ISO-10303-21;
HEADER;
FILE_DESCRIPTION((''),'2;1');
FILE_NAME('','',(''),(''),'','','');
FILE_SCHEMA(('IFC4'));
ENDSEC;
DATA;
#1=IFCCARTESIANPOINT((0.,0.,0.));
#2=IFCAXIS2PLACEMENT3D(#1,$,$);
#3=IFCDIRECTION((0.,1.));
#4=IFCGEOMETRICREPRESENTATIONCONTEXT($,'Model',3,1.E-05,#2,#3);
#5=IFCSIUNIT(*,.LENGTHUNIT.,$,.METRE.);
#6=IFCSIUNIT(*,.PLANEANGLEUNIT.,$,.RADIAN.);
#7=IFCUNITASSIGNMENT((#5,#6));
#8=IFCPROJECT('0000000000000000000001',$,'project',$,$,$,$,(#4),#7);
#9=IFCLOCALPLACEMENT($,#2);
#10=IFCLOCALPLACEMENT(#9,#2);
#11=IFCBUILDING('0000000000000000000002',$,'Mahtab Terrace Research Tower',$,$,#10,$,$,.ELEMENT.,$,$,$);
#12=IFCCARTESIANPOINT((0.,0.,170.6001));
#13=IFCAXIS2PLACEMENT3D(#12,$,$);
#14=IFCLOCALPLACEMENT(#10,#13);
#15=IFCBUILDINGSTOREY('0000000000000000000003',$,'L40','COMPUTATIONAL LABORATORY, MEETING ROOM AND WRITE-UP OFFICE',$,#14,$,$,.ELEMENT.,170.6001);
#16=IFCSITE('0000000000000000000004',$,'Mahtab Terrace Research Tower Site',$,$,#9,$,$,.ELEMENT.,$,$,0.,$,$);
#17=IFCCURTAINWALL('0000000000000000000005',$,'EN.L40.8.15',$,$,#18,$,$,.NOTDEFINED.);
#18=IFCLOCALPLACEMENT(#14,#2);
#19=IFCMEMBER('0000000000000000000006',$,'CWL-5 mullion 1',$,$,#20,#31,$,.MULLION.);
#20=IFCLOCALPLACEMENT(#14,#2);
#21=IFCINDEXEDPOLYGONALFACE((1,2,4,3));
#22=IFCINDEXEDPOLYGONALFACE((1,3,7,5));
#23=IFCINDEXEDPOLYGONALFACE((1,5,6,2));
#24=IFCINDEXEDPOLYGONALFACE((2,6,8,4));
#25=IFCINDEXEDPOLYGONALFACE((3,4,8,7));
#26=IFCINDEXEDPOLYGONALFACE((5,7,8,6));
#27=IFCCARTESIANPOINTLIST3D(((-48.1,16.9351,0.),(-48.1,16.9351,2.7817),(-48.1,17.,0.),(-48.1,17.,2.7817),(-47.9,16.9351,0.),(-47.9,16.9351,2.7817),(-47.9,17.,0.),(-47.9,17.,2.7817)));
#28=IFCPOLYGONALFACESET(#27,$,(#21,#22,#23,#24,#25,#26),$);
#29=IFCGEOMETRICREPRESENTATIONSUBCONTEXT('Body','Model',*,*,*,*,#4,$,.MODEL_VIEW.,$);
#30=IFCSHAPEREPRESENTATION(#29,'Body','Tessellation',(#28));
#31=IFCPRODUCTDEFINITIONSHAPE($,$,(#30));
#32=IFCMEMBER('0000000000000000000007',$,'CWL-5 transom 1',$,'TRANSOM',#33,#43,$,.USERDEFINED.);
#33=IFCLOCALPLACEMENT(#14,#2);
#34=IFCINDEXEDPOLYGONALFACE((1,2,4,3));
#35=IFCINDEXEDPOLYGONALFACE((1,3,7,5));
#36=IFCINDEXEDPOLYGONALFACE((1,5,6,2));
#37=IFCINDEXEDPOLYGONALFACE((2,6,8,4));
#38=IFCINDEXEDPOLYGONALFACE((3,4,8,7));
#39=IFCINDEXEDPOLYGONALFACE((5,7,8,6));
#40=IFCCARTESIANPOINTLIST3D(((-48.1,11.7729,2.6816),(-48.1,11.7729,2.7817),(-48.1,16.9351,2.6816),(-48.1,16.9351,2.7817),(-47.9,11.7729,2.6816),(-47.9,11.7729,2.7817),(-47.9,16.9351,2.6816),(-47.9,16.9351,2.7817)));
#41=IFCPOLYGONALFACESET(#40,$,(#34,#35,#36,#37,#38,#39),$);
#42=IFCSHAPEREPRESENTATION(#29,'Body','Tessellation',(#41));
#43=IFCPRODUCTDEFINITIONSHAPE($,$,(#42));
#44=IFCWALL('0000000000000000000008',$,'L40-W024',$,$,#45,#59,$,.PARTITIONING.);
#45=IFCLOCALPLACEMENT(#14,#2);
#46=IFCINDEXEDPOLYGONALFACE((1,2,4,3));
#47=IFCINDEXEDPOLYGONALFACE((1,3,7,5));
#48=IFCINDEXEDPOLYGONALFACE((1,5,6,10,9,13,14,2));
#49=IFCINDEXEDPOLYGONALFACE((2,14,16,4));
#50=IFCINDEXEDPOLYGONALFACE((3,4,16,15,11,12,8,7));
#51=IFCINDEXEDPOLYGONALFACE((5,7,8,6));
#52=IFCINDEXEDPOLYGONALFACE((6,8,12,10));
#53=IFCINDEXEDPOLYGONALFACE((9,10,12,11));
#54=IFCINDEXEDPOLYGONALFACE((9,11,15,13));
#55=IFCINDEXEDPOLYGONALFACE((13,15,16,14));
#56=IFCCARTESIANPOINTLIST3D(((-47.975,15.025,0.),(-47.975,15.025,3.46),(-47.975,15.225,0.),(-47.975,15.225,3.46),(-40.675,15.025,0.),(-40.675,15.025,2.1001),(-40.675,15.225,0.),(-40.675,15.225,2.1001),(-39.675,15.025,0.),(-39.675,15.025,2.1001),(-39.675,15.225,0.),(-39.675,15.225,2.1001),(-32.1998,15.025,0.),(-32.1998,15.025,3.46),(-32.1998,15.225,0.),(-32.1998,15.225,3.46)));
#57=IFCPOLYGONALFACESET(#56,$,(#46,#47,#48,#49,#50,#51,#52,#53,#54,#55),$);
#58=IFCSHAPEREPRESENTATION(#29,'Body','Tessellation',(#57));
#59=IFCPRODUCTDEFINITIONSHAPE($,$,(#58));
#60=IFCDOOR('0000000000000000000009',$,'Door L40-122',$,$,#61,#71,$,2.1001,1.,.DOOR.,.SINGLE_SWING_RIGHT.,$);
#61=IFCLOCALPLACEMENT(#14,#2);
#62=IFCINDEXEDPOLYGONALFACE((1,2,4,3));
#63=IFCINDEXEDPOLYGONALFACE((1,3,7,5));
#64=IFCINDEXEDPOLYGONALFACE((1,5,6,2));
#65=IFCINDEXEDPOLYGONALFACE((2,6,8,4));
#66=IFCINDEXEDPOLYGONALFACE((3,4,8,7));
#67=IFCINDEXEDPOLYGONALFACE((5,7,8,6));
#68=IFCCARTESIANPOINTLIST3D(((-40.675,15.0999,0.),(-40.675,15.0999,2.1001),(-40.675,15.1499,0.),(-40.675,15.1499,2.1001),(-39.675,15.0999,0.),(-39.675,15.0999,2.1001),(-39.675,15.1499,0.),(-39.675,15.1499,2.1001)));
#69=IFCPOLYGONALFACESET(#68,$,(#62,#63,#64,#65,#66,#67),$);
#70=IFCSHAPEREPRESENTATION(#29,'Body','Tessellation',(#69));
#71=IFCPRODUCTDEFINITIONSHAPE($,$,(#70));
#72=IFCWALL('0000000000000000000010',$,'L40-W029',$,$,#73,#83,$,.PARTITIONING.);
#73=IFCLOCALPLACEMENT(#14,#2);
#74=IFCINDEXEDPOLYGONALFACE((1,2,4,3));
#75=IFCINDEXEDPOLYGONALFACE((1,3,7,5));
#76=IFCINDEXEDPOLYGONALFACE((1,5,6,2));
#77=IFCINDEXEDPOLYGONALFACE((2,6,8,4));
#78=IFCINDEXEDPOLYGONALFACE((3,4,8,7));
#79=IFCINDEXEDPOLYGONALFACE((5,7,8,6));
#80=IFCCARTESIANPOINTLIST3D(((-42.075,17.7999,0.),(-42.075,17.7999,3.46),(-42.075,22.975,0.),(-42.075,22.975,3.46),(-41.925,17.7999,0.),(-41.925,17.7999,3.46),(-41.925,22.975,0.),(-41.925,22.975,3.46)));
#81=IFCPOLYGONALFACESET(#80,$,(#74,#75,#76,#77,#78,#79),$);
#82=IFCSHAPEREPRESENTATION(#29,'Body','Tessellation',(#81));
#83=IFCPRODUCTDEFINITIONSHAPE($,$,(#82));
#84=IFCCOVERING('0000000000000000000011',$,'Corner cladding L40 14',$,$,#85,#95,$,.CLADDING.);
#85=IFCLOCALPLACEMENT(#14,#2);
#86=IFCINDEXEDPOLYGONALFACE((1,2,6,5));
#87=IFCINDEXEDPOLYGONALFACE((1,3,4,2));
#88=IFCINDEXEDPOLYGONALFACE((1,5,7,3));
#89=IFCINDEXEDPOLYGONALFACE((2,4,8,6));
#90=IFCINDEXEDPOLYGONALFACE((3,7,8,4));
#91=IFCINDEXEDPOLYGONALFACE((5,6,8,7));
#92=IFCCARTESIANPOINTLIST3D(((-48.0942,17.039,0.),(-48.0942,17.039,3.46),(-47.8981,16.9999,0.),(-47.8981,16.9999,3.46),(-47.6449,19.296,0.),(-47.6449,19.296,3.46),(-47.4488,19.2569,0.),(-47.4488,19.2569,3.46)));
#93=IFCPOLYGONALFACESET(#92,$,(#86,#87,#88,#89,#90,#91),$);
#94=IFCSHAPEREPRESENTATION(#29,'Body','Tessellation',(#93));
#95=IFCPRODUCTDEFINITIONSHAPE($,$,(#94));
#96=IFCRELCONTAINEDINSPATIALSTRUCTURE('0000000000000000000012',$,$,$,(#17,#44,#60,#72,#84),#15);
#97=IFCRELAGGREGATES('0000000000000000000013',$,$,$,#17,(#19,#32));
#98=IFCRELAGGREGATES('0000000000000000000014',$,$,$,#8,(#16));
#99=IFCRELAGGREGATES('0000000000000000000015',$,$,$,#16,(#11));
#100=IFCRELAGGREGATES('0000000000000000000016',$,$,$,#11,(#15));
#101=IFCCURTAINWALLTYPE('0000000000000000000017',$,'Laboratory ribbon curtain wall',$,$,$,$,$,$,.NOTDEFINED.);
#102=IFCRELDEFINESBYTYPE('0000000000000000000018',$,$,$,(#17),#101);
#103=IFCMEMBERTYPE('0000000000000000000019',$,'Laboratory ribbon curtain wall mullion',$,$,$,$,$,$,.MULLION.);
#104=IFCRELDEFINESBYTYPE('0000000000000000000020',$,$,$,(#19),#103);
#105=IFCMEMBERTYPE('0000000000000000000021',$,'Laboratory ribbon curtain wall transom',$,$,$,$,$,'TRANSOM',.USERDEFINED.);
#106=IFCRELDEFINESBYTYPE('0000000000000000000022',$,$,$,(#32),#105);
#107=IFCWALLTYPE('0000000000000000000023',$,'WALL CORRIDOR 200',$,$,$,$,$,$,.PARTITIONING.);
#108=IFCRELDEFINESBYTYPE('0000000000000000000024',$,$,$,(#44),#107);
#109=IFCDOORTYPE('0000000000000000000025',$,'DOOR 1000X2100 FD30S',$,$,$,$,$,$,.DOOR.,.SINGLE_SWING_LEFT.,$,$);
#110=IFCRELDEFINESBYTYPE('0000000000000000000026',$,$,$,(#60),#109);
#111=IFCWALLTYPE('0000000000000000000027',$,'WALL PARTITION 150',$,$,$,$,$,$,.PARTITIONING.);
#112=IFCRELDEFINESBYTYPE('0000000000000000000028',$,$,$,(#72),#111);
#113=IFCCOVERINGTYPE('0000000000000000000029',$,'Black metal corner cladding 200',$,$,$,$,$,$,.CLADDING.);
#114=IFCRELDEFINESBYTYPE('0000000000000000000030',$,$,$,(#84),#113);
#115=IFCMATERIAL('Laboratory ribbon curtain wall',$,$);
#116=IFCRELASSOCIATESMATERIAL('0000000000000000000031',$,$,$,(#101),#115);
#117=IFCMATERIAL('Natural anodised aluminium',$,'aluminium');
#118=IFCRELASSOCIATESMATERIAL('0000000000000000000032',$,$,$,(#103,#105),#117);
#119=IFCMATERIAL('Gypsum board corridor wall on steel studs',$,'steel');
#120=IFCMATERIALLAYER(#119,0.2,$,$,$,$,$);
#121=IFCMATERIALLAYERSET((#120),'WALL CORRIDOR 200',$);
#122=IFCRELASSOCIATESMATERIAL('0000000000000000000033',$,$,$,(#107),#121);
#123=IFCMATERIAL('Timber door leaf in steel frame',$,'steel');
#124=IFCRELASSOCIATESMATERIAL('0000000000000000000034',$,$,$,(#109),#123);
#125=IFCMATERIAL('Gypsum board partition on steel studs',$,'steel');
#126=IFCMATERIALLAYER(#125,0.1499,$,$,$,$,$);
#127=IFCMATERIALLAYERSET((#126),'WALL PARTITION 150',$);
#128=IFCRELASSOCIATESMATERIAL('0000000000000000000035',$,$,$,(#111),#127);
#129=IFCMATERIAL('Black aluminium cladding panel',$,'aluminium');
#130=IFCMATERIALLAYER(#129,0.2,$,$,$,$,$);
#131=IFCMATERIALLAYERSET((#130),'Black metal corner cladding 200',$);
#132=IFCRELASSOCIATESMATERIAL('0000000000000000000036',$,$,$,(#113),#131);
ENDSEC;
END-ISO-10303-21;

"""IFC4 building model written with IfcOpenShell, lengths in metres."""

from ifc_helpers import new_model, si_unit, direction, frame, frame_2d, origin, origin_2d, place, context, subcontext, project, spatial, rectangle, extrude, material, layer, layer_set, material_profile, profile_set, type_object, element, fill, aggregate, save


model = new_model("IFC4")

# Units and contexts
model_context = context("Model", 3, precision=1e-05, world=origin(), true_north=direction((0.0, 1.0)))
body_context = subcontext(model_context, "Body", "Model", "MODEL_VIEW")
ifc_project = project(units=[si_unit("LENGTHUNIT", "METRE"), si_unit("PLANEANGLEUNIT", "RADIAN")], contexts=[model_context])

# Site, building, storey
site_placement = place(None, origin())
site = spatial("IfcSite", under=ifc_project, at=site_placement, Name="Mahtab Terrace Research Tower Site", CompositionType="ELEMENT", RefElevation=0.0)
building_placement = place(site_placement, origin())
building = spatial("IfcBuilding", under=site, at=building_placement, Name="Mahtab Terrace Research Tower", CompositionType="ELEMENT")
storey_placement = place(building_placement, frame((0.0, 0.0, 170.6001)))
storey = spatial("IfcBuildingStorey", under=building, at=storey_placement, Name="L40", Description="COMPUTATIONAL LABORATORY, MEETING ROOM AND WRITE-UP OFFICE", CompositionType="ELEMENT", Elevation=170.6001)

# Curtain wall, members
ifc_material_1 = material(Name="Laboratory ribbon curtain wall")
curtain_wall_type = type_object("IfcCurtainWallType", Name="Laboratory ribbon curtain wall", PredefinedType="NOTDEFINED", material=ifc_material_1)
curtain_wall_placement = place(storey_placement, origin())
curtain_wall = element("IfcCurtainWall", 1, at=curtain_wall_placement, inside=storey, type_object=curtain_wall_type, Name="EN.L40.8.15", PredefinedType="NOTDEFINED")
ifc_material_2 = material(Name="Natural anodised aluminium", Category="aluminium")
ifc_material_profile_1 = material_profile(ifc_material_2, rectangle(XDim=0.2, YDim=0.0649, at=origin_2d()), Name="MULLION 65x200")
ifc_profile_set_1 = profile_set([ifc_material_profile_1], Name="Natural anodised aluminium")
member_type_1 = type_object("IfcMemberType", Name="Laboratory ribbon curtain wall mullion", PredefinedType="MULLION", material=ifc_profile_set_1)
member_1_placement = place(storey_placement, frame((-48.0, 16.9675, 0.0), z_axis=(0.0, 0.0, 1.0), x_axis=(1.0, 0.0, 0.0)))
member_1 = element("IfcMember", 2, at=member_1_placement, type_object=member_type_1, Name="CWL-5 mullion 1", PredefinedType="MULLION", context=body_context, shape_type="SweptSolid", body=[
    extrude(rectangle(XDim=0.2, YDim=0.0649, at=origin_2d()), origin(), (0.0, 0.0, 1.0), 2.7817),
])
ifc_material_profile_2 = material_profile(ifc_material_2, rectangle(XDim=0.2, YDim=0.1001, at=origin_2d()), Name="TRANSOM 100x200")
ifc_profile_set_2 = profile_set([ifc_material_profile_2], Name="Natural anodised aluminium")
member_type_2 = type_object("IfcMemberType", Name="Laboratory ribbon curtain wall transom", ElementType="TRANSOM", PredefinedType="USERDEFINED", material=ifc_profile_set_2)
member_2_placement = place(storey_placement, frame((-48.0, 16.9351, 2.7317), z_axis=(0.0, -1.0, 0.0), x_axis=(1.0, 0.0, 0.0)))
member_2 = element("IfcMember", 3, at=member_2_placement, type_object=member_type_2, Name="CWL-5 transom 1", ObjectType="TRANSOM", PredefinedType="USERDEFINED", context=body_context, shape_type="SweptSolid", body=[
    extrude(rectangle(XDim=0.2, YDim=0.1001, at=origin_2d()), origin(), (0.0, 0.0, 1.0), 5.1621),
])
aggregate(curtain_wall, [member_1, member_2])

# Wall, opening, door
ifc_material_3 = material(Name="Gypsum board corridor wall on steel studs", Category="steel")
ifc_layer_1 = layer(ifc_material_3, 0.2)
ifc_layer_set_1 = layer_set([ifc_layer_1], Name="WALL CORRIDOR 200")
wall_type_1 = type_object("IfcWallType", Name="WALL CORRIDOR 200", PredefinedType="PARTITIONING", material=ifc_layer_set_1)
wall_1_placement = place(storey_placement, frame((-47.9751, 15.125, 0.0), z_axis=(0.0, 0.0, 1.0), x_axis=(1.0, 0.0, 0.0)))
wall_1 = element("IfcWall", 4, at=wall_1_placement, inside=storey, type_object=wall_type_1, Name="L40-W024", PredefinedType="PARTITIONING", context=body_context, shape_type="SweptSolid", body=[
    extrude(rectangle(XDim=15.7751, YDim=0.2, at=frame_2d((7.8877, 0.0))), origin(), (0.0, 0.0, 1.0), 3.46),
])
opening_1_placement = place(wall_1_placement, frame((7.3, 0.0, 0.0)))
opening_1 = element("IfcOpeningElement", 5, at=opening_1_placement, cuts=wall_1, PredefinedType="OPENING", context=body_context, shape_type="SweptSolid", body=[
    extrude(rectangle(XDim=1.0, YDim=2.1001, at=frame_2d((0.5, 1.05))), frame((0.0, 0.1099, 0.0), z_axis=(0.0, -1.0, 0.0), x_axis=(1.0, 0.0, 0.0)), (0.0, 0.0, 1.0), 0.22),
])
ifc_material_4 = material(Name="Timber door leaf in steel frame", Category="steel")
door_type_1 = type_object("IfcDoorType", Name="DOOR 1000X2100 FD30S", OperationType="SINGLE_SWING_LEFT", PredefinedType="DOOR", material=ifc_material_4)
door_1_placement = place(opening_1_placement, origin())
door_1 = element("IfcDoor", 6, at=door_1_placement, inside=storey, type_object=door_type_1, Name="Door L40-122", OperationType="SINGLE_SWING_RIGHT", OverallHeight=2.1001, OverallWidth=1.0, PredefinedType="DOOR", context=body_context, shape_type="SweptSolid", body=[
    extrude(rectangle(XDim=1.0, YDim=2.1001, at=frame_2d((0.5, 1.05))), frame((0.0, 0.0249, 0.0), z_axis=(0.0, -1.0, 0.0), x_axis=(1.0, 0.0, 0.0)), (0.0, 0.0, 1.0), 0.05),
])
fill(opening_1, door_1)

# Wall
ifc_material_5 = material(Name="Gypsum board partition on steel studs", Category="steel")
ifc_layer_2 = layer(ifc_material_5, 0.1499)
ifc_layer_set_2 = layer_set([ifc_layer_2], Name="WALL PARTITION 150")
wall_type_2 = type_object("IfcWallType", Name="WALL PARTITION 150", PredefinedType="PARTITIONING", material=ifc_layer_set_2)
wall_2_placement = place(storey_placement, frame((-42.0, 17.8, 0.0), z_axis=(0.0, 0.0, 1.0), x_axis=(0.0, 1.0, 0.0)))
element("IfcWall", 7, at=wall_2_placement, inside=storey, type_object=wall_type_2, Name="L40-W029", PredefinedType="PARTITIONING", context=body_context, shape_type="SweptSolid", body=[
    extrude(rectangle(XDim=5.175, YDim=0.1499, at=frame_2d((2.5874, 0.0))), origin(), (0.0, 0.0, 1.0), 3.46),
])

# Covering
ifc_material_6 = material(Name="Black aluminium cladding panel", Category="aluminium")
ifc_layer_3 = layer(ifc_material_6, 0.2)
ifc_layer_set_3 = layer_set([ifc_layer_3], Name="Black metal corner cladding 200")
covering_type = type_object("IfcCoveringType", Name="Black metal corner cladding 200", PredefinedType="CLADDING", material=ifc_layer_set_3)
covering_placement = place(storey_placement, frame((-47.7715, 18.1479, 0.0), z_axis=(0.0, 0.0, 1.0), x_axis=(-0.195212, -0.980761, 0.0)))
element("IfcCovering", 8, at=covering_placement, inside=storey, type_object=covering_type, Name="Corner cladding L40 14", PredefinedType="CLADDING", context=body_context, shape_type="SweptSolid", body=[
    extrude(rectangle(XDim=2.3013, YDim=0.2, at=origin_2d()), origin(), (0.0, 0.0, 1.0), 3.46),
])

save(model, "model.ifc")
